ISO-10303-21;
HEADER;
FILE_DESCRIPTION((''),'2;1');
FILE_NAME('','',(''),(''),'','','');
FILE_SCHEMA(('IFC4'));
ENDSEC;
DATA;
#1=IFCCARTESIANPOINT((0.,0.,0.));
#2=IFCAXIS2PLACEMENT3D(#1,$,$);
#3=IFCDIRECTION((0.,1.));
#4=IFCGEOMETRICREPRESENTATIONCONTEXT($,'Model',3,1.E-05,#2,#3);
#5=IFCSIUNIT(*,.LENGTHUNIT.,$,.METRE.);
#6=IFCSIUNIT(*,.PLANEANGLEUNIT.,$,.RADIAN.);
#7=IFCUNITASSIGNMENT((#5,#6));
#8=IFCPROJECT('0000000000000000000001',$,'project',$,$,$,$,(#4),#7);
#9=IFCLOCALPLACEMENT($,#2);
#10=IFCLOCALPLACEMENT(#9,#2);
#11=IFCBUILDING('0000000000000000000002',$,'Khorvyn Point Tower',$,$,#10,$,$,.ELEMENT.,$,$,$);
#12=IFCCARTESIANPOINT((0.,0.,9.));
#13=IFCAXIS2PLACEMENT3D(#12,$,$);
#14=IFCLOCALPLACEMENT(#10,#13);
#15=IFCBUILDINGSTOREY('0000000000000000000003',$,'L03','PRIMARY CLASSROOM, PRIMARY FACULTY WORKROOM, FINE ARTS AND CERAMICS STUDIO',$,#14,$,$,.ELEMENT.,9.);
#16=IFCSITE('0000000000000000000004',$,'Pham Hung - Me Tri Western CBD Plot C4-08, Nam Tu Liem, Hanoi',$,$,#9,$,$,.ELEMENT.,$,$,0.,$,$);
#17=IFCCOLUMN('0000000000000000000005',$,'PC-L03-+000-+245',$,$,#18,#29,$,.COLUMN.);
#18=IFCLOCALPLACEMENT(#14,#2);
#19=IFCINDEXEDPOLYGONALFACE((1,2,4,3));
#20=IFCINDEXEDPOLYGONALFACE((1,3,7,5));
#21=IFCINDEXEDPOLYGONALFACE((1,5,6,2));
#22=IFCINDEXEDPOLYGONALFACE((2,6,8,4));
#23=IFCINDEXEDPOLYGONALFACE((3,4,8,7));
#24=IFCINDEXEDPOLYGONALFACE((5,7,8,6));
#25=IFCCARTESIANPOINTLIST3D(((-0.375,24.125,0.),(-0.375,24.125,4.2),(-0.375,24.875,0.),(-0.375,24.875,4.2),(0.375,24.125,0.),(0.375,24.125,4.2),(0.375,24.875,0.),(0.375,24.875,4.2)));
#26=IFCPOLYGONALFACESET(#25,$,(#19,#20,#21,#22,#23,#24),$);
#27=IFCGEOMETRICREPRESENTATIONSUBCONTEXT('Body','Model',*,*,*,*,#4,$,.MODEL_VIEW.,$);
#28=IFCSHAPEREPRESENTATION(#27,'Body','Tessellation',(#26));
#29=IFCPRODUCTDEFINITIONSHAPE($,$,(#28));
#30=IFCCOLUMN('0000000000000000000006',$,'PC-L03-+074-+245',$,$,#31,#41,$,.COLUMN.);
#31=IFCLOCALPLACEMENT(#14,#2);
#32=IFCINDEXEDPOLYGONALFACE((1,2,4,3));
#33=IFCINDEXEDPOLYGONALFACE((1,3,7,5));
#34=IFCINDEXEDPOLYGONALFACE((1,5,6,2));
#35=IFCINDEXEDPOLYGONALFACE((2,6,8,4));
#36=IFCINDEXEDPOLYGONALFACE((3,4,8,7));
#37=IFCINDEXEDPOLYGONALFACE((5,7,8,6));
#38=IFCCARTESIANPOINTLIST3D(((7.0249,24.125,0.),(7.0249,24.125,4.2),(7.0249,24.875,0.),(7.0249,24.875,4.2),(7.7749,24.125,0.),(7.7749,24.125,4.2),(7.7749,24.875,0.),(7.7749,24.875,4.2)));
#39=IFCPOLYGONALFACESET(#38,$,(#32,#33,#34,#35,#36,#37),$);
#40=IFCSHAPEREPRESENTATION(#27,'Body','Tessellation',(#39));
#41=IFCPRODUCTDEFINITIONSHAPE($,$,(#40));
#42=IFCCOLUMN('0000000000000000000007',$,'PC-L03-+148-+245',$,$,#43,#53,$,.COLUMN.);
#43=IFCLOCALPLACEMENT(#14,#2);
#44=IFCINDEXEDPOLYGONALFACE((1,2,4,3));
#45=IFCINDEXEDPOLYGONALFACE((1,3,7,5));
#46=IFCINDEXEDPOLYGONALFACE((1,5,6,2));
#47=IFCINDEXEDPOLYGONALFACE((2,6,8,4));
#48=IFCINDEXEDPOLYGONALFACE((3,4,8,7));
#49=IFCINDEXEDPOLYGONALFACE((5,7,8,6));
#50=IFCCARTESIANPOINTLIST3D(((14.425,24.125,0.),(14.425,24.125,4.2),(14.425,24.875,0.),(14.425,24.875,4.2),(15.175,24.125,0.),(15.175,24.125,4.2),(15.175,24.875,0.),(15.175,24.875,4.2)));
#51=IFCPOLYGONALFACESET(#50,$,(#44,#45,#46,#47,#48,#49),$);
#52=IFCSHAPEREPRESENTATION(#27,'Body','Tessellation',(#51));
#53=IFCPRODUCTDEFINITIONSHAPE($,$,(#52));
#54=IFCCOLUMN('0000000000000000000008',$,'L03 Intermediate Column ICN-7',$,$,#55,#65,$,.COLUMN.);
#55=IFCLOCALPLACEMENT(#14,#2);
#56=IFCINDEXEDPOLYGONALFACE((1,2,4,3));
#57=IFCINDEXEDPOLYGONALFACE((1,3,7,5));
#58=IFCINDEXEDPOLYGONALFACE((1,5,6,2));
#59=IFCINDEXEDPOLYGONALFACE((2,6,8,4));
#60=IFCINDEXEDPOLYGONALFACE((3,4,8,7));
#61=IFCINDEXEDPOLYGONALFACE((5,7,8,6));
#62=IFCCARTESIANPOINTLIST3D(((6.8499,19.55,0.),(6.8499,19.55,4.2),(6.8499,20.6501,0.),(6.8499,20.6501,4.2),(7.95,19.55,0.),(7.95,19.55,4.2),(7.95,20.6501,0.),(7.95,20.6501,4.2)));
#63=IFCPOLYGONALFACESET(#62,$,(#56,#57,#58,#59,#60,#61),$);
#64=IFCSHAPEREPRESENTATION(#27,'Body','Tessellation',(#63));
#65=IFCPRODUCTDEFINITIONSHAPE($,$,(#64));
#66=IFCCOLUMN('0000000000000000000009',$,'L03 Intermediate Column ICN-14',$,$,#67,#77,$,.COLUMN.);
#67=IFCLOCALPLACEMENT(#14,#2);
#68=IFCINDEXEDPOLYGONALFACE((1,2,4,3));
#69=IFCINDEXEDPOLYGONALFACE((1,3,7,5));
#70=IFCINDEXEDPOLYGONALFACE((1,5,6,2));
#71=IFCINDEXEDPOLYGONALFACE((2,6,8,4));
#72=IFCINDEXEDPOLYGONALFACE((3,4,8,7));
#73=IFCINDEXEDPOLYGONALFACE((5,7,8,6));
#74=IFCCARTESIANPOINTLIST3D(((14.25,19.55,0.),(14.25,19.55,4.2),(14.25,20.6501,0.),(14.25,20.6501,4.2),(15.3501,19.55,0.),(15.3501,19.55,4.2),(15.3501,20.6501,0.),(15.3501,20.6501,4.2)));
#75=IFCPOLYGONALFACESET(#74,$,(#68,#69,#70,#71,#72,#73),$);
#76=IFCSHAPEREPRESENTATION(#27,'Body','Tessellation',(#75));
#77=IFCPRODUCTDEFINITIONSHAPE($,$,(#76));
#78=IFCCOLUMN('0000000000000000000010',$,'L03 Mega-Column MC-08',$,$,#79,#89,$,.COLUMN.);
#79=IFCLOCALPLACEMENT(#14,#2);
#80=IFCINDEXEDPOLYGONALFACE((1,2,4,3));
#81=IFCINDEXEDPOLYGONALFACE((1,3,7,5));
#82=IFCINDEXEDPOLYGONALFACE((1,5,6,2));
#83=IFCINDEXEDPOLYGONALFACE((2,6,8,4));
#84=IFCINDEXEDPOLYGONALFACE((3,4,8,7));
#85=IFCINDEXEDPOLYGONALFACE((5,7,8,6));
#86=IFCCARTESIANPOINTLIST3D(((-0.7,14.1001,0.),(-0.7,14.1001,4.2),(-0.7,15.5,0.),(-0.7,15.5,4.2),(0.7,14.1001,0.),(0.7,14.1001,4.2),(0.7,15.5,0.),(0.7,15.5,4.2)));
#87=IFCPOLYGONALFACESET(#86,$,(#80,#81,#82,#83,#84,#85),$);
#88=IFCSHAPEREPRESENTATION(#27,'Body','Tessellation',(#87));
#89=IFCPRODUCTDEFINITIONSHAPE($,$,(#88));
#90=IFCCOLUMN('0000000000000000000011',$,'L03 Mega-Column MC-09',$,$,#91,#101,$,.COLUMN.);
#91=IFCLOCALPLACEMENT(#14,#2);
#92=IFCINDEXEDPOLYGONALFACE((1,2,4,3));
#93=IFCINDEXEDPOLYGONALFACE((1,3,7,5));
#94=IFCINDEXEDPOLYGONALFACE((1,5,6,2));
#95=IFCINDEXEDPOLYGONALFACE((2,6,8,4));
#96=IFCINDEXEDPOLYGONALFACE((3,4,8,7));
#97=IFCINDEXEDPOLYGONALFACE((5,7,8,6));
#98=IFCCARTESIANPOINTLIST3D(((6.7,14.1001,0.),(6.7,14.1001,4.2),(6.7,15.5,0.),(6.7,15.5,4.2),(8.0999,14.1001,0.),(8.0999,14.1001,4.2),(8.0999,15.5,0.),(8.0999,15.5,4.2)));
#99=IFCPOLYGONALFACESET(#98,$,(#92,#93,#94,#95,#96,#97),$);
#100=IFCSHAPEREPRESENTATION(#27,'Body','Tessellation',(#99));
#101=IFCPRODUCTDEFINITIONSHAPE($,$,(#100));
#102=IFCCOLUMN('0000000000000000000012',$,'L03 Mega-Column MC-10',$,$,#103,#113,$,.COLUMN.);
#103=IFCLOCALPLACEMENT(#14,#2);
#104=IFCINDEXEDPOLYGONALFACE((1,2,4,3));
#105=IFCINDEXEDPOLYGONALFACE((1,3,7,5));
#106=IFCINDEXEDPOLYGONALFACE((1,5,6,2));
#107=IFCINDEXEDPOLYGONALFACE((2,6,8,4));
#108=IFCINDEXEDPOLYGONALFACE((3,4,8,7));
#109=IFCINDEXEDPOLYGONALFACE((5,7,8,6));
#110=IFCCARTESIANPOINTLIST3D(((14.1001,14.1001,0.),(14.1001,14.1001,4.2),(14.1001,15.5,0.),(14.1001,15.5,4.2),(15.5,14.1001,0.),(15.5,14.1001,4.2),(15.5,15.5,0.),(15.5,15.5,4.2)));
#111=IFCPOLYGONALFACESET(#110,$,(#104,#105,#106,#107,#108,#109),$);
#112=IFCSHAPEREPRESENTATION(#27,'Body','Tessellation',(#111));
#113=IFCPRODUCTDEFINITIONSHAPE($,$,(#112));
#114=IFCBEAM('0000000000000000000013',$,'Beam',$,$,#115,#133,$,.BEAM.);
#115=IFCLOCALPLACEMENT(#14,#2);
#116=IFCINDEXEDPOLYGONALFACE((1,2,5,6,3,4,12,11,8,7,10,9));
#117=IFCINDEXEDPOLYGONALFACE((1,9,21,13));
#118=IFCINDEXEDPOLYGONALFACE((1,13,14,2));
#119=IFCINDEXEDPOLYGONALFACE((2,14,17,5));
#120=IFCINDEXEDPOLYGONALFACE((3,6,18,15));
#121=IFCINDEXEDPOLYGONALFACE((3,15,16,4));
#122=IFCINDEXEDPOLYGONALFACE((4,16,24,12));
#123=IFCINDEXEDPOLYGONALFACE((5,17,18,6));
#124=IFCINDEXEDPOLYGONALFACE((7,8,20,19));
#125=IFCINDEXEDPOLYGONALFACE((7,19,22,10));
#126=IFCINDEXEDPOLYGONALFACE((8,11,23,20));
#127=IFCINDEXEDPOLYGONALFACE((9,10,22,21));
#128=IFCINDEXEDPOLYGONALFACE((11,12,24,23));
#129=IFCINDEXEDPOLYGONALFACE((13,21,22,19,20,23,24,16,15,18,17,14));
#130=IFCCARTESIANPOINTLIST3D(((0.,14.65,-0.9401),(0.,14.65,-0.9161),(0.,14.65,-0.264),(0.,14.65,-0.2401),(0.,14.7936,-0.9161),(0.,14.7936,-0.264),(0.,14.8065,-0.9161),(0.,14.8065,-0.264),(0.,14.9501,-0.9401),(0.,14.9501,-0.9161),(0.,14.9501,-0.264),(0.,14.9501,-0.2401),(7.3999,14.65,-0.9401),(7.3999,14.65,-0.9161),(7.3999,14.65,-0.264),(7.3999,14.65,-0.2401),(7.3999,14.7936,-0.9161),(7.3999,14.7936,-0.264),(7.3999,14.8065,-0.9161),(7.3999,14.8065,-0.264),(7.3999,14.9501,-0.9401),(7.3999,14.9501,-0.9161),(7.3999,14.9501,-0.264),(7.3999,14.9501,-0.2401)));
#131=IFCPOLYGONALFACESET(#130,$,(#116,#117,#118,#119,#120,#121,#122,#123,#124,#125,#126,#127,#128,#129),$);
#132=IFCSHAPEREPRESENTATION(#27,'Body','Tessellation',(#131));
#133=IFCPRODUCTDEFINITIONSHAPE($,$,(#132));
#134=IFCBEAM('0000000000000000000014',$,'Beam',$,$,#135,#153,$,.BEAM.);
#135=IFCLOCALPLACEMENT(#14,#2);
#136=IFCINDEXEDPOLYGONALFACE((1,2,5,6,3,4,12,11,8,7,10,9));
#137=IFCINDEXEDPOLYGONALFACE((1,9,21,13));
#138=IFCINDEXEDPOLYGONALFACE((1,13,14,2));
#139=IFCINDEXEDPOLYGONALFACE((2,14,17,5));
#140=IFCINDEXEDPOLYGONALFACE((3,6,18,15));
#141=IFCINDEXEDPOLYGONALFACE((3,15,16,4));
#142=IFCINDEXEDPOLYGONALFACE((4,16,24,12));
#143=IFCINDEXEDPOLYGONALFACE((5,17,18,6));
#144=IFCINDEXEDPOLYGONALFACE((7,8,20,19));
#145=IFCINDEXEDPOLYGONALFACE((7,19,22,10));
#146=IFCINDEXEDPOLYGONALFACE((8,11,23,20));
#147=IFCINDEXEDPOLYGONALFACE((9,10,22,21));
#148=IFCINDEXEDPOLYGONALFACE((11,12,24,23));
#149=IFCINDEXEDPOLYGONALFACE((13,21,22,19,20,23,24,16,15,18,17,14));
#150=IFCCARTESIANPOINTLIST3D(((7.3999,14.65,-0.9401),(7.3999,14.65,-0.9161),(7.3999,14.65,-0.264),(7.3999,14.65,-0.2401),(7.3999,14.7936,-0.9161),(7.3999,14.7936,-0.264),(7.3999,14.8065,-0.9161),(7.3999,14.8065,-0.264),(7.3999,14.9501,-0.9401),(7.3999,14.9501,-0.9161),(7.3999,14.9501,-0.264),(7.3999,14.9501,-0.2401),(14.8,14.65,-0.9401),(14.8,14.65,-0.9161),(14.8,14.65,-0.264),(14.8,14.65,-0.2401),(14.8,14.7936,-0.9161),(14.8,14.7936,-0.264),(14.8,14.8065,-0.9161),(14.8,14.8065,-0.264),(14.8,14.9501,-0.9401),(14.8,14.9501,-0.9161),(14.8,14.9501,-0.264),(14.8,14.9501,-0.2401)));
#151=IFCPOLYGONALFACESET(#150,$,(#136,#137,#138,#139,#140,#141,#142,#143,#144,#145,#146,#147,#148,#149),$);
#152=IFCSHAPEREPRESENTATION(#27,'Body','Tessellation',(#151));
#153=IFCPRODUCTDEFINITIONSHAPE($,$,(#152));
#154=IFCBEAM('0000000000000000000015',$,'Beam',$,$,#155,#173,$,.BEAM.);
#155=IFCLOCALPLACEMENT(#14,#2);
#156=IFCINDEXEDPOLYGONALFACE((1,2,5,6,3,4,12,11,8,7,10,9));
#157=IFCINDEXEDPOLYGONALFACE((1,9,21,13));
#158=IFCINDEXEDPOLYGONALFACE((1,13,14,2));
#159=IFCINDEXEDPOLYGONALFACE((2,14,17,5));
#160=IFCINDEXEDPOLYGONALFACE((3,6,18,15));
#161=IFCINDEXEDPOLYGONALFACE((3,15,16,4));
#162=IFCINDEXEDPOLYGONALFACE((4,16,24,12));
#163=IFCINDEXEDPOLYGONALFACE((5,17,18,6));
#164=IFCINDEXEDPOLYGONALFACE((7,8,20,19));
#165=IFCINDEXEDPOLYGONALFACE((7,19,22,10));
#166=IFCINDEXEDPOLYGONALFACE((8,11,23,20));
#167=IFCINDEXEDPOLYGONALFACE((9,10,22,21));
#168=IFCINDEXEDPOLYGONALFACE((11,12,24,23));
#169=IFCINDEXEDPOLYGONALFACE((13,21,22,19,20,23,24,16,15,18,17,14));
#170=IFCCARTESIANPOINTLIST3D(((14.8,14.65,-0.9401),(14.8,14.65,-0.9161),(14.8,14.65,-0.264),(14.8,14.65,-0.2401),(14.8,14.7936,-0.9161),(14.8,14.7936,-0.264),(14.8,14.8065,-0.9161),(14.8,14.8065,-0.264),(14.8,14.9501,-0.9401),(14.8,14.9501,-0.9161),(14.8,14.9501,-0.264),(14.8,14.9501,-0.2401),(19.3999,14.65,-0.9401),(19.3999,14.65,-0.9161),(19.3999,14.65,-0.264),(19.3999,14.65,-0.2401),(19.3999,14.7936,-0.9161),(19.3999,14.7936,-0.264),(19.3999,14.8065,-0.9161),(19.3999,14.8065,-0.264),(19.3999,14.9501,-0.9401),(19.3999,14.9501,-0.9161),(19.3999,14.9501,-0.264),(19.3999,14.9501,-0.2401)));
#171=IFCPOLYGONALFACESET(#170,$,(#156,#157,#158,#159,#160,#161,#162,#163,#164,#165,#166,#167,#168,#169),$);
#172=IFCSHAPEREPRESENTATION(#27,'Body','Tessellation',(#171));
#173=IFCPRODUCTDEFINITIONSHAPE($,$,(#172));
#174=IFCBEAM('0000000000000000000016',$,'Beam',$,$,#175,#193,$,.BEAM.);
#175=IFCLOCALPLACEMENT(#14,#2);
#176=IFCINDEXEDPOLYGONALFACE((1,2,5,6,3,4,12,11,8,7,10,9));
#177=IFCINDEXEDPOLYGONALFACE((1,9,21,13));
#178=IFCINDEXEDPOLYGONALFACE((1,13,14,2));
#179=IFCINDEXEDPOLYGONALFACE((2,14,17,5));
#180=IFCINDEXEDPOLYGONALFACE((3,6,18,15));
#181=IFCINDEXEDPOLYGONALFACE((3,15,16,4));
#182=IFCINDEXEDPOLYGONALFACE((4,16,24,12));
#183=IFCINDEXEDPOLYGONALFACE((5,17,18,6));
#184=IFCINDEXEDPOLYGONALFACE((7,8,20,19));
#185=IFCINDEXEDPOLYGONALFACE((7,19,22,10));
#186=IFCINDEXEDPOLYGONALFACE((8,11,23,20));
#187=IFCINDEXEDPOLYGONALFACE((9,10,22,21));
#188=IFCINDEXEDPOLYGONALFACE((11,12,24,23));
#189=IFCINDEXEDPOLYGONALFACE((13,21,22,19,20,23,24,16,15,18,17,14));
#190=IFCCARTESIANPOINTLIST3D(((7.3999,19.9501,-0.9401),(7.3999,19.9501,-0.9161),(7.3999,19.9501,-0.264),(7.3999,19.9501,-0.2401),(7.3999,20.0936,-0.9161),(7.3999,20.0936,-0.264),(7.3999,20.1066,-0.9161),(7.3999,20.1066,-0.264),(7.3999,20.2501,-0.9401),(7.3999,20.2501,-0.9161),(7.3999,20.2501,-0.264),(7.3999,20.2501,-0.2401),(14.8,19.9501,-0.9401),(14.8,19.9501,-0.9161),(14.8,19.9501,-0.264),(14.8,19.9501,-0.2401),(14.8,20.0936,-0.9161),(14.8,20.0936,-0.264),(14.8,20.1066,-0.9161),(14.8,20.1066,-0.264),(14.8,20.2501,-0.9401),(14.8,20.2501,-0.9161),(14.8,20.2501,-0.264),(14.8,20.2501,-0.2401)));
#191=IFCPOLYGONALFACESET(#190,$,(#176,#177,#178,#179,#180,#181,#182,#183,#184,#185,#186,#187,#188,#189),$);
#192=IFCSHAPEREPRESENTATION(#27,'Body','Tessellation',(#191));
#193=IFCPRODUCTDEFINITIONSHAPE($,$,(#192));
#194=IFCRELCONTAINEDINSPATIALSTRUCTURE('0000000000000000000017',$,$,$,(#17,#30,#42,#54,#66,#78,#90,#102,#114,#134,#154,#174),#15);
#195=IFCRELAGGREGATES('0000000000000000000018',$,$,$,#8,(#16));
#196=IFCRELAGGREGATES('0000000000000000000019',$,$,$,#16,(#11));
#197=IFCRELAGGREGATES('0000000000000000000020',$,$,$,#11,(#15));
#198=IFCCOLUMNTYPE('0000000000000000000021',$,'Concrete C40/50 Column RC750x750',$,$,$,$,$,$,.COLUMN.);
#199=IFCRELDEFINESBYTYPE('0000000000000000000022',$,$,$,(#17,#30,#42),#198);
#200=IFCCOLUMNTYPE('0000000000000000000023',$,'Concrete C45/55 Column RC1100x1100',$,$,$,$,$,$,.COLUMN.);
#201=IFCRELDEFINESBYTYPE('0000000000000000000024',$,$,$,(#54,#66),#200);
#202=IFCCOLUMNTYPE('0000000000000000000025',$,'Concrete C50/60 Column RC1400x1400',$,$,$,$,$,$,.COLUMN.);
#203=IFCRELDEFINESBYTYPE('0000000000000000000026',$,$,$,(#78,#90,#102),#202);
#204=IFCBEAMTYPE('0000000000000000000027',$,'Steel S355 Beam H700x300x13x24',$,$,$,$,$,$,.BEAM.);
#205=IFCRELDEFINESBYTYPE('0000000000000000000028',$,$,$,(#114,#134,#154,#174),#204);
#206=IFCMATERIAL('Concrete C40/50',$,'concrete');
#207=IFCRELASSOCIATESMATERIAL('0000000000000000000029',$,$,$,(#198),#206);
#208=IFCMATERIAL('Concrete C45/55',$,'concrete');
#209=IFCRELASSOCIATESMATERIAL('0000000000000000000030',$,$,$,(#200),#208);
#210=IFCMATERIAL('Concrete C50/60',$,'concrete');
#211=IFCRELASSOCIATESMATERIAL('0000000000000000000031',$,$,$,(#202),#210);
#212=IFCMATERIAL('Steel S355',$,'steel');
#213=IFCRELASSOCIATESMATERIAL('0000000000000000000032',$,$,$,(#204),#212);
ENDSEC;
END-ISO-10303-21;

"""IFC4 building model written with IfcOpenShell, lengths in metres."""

from ifc_helpers import new_model, si_unit, direction, frame, origin, origin_2d, place, context, subcontext, project, spatial, rectangle, i_section, extrude, material, material_profile, profile_set, type_object, element, save


model = new_model("IFC4")

# Units and contexts
model_context = context("Model", 3, precision=1e-05, world=origin(), true_north=direction((0.0, 1.0)))
body_context = subcontext(model_context, "Body", "Model", "MODEL_VIEW")
ifc_project = project(units=[si_unit("LENGTHUNIT", "METRE"), si_unit("PLANEANGLEUNIT", "RADIAN")], contexts=[model_context])

# Site, building, storey
site_placement = place(None, origin())
site = spatial("IfcSite", under=ifc_project, at=site_placement, Name="Pham Hung - Me Tri Western CBD Plot C4-08, Nam Tu Liem, Hanoi", CompositionType="ELEMENT", RefElevation=0.0)
building_placement = place(site_placement, origin())
building = spatial("IfcBuilding", under=site, at=building_placement, Name="Khorvyn Point Tower", CompositionType="ELEMENT")
storey_placement = place(building_placement, frame((0.0, 0.0, 9.0)))
storey = spatial("IfcBuildingStorey", under=building, at=storey_placement, Name="L03", Description="PRIMARY CLASSROOM, PRIMARY FACULTY WORKROOM, FINE ARTS AND CERAMICS STUDIO", CompositionType="ELEMENT", Elevation=9.0)

# Columns
ifc_material_1 = material(Name="Concrete C40/50", Category="concrete")
ifc_material_profile_1 = material_profile(ifc_material_1, rectangle(XDim=0.75, YDim=0.75, at=origin_2d()))
ifc_profile_set_1 = profile_set([ifc_material_profile_1], Name="Concrete C40/50 RC750x750")
column_type_1 = type_object("IfcColumnType", Name="Concrete C40/50 Column RC750x750", PredefinedType="COLUMN", material=ifc_profile_set_1)
for number, where, z_axis, x_axis, name in (
    (1, (0.0, 24.5, 0.0), (0.0, 0.0, 1.0), (1.0, 0.0, 0.0), "PC-L03-+000-+245"),
    (2, (7.3999, 24.5, 0.0), (0.0, 0.0, 1.0), (1.0, 0.0, 0.0), "PC-L03-+074-+245"),
    (3, (14.8, 24.5, 0.0), (0.0, 0.0, 1.0), (1.0, 0.0, 0.0), "PC-L03-+148-+245"),
):
    element("IfcColumn", number, at=place(storey_placement, frame(where, z_axis=z_axis, x_axis=x_axis)), inside=storey, type_object=column_type_1, Name=name, PredefinedType="COLUMN", context=body_context, shape_type="SweptSolid", body=[
        extrude(rectangle(XDim=0.75, YDim=0.75, at=origin_2d()), origin(), (0.0, 0.0, 1.0), 4.2),
    ])
ifc_material_2 = material(Name="Concrete C45/55", Category="concrete")
ifc_material_profile_2 = material_profile(ifc_material_2, rectangle(XDim=1.1001, YDim=1.1001, at=origin_2d()))
ifc_profile_set_2 = profile_set([ifc_material_profile_2], Name="Concrete C45/55 RC1100x1100")
column_type_2 = type_object("IfcColumnType", Name="Concrete C45/55 Column RC1100x1100", PredefinedType="COLUMN", material=ifc_profile_set_2)
for number, where, z_axis, x_axis, name in (
    (4, (7.3999, 20.1001, 0.0), (0.0, 0.0, 1.0), (1.0, 0.0, 0.0), "L03 Intermediate Column ICN-7"),
    (5, (14.8, 20.1001, 0.0), (0.0, 0.0, 1.0), (1.0, 0.0, 0.0), "L03 Intermediate Column ICN-14"),
):
    element("IfcColumn", number, at=place(storey_placement, frame(where, z_axis=z_axis, x_axis=x_axis)), inside=storey, type_object=column_type_2, Name=name, PredefinedType="COLUMN", context=body_context, shape_type="SweptSolid", body=[
        extrude(rectangle(XDim=1.1001, YDim=1.1001, at=origin_2d()), origin(), (0.0, 0.0, 1.0), 4.2),
    ])
ifc_material_3 = material(Name="Concrete C50/60", Category="concrete")
ifc_material_profile_3 = material_profile(ifc_material_3, rectangle(XDim=1.3999, YDim=1.3999, at=origin_2d()))
ifc_profile_set_3 = profile_set([ifc_material_profile_3], Name="Concrete C50/60 RC1400x1400")
column_type_3 = type_object("IfcColumnType", Name="Concrete C50/60 Column RC1400x1400", PredefinedType="COLUMN", material=ifc_profile_set_3)
for number, where, z_axis, x_axis, name in (
    (6, (0.0, 14.8, 0.0), (0.0, 0.0, 1.0), (1.0, 0.0, 0.0), "L03 Mega-Column MC-08"),
    (7, (7.3999, 14.8, 0.0), (0.0, 0.0, 1.0), (1.0, 0.0, 0.0), "L03 Mega-Column MC-09"),
    (8, (14.8, 14.8, 0.0), (0.0, 0.0, 1.0), (1.0, 0.0, 0.0), "L03 Mega-Column MC-10"),
):
    element("IfcColumn", number, at=place(storey_placement, frame(where, z_axis=z_axis, x_axis=x_axis)), inside=storey, type_object=column_type_3, Name=name, PredefinedType="COLUMN", context=body_context, shape_type="SweptSolid", body=[
        extrude(rectangle(XDim=1.3999, YDim=1.3999, at=origin_2d()), origin(), (0.0, 0.0, 1.0), 4.2),
    ])

# Beams
ifc_material_4 = material(Name="Steel S355", Category="steel")
ifc_material_profile_4 = material_profile(ifc_material_4, i_section(OverallWidth=0.3, OverallDepth=0.7, WebThickness=0.0129, FlangeThickness=0.0239, at=origin_2d()))
ifc_profile_set_4 = profile_set([ifc_material_profile_4], Name="Steel S355 H700x300x13x24")
beam_type_1 = type_object("IfcBeamType", Name="Steel S355 Beam H700x300x13x24", PredefinedType="BEAM", material=ifc_profile_set_4)
beam_1_placement = place(storey_placement, frame((0.0, 14.8, -0.5901), z_axis=(1.0, 0.0, 0.0), x_axis=(0.0, 1.0, 0.0)))
element("IfcBeam", 9, at=beam_1_placement, inside=storey, type_object=beam_type_1, Name="Beam", PredefinedType="BEAM", context=body_context, shape_type="SweptSolid", body=[
    extrude(i_section(OverallWidth=0.3, OverallDepth=0.7, WebThickness=0.0129, FlangeThickness=0.0239, at=origin_2d()), origin(), (0.0, 0.0, 1.0), 7.3999),
])
beam_2_placement = place(storey_placement, frame((7.3999, 14.8, -0.5901), z_axis=(1.0, 0.0, 0.0), x_axis=(0.0, 1.0, 0.0)))
element("IfcBeam", 10, at=beam_2_placement, inside=storey, type_object=beam_type_1, Name="Beam", PredefinedType="BEAM", context=body_context, shape_type="SweptSolid", body=[
    extrude(i_section(OverallWidth=0.3, OverallDepth=0.7, WebThickness=0.0129, FlangeThickness=0.0239, at=origin_2d()), origin(), (0.0, 0.0, 1.0), 7.4001),
])
beam_3_placement = place(storey_placement, frame((14.8, 14.8, -0.5901), z_axis=(1.0, 0.0, 0.0), x_axis=(0.0, 1.0, 0.0)))
element("IfcBeam", 11, at=beam_3_placement, inside=storey, type_object=beam_type_1, Name="Beam", PredefinedType="BEAM", context=body_context, shape_type="SweptSolid", body=[
    extrude(i_section(OverallWidth=0.3, OverallDepth=0.7, WebThickness=0.0129, FlangeThickness=0.0239, at=origin_2d()), origin(), (0.0, 0.0, 1.0), 4.5999),
])
beam_4_placement = place(storey_placement, frame((7.3999, 20.1001, -0.5901), z_axis=(1.0, 0.0, 0.0), x_axis=(0.0, 1.0, 0.0)))
element("IfcBeam", 12, at=beam_4_placement, inside=storey, type_object=beam_type_1, Name="Beam", PredefinedType="BEAM", context=body_context, shape_type="SweptSolid", body=[
    extrude(i_section(OverallWidth=0.3, OverallDepth=0.7, WebThickness=0.0129, FlangeThickness=0.0239, at=origin_2d()), origin(), (0.0, 0.0, 1.0), 7.4001),
])

save(model, "model.ifc")
